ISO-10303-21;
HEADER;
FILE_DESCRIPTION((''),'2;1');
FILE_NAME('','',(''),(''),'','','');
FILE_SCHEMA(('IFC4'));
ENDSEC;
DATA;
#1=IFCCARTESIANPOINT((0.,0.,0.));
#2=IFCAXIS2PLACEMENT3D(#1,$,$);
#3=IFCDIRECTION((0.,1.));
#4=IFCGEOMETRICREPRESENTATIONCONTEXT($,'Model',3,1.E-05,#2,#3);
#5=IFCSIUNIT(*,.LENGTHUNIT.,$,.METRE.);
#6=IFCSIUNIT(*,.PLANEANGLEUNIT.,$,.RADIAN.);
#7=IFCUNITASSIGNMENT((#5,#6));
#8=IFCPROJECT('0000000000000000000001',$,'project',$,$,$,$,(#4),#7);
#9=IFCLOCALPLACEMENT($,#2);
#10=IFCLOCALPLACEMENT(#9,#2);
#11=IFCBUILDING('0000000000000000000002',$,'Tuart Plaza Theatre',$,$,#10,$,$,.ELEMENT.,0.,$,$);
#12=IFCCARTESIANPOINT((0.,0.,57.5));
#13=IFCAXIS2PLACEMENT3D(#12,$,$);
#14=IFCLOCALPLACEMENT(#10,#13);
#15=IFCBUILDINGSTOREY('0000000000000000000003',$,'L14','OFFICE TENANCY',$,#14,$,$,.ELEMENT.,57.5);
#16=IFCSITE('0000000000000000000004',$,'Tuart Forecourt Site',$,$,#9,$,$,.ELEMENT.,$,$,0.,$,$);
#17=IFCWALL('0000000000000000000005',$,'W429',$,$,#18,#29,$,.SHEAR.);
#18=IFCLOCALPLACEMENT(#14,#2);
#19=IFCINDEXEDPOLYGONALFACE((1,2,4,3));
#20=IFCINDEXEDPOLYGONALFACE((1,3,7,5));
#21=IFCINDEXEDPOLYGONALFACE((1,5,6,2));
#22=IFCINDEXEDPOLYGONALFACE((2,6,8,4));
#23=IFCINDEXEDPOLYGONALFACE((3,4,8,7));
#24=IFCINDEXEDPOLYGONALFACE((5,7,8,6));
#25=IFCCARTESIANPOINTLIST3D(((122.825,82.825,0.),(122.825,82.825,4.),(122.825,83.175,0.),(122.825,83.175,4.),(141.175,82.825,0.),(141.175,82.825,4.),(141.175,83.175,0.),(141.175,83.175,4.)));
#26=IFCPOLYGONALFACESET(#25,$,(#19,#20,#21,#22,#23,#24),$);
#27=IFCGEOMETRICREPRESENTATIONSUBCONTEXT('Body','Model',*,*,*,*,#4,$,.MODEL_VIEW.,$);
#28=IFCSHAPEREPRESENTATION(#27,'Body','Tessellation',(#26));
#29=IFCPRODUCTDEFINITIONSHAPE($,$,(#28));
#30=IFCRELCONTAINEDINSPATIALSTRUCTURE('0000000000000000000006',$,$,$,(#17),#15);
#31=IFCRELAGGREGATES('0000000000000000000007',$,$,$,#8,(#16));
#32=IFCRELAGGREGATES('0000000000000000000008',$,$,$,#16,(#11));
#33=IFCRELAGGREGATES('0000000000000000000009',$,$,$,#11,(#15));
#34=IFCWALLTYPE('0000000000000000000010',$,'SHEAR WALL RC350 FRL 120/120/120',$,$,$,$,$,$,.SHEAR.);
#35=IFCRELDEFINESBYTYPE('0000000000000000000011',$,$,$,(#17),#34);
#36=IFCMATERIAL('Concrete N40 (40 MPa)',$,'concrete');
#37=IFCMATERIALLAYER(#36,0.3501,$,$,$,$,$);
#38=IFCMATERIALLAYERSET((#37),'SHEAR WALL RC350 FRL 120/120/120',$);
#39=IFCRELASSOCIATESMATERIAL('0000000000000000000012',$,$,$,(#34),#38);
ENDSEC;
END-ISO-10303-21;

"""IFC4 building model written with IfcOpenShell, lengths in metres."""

from ifc_helpers import new_model, si_unit, direction, frame, frame_2d, origin, place, context, subcontext, project, spatial, rectangle, extrude, material, layer, layer_set, type_object, element, save


model = new_model("IFC4")

# Units and contexts
model_context = context("Model", 3, precision=1e-05, world=origin(), true_north=direction((0.0, 1.0)))
body_context = subcontext(model_context, "Body", "Model", "MODEL_VIEW")
ifc_project = project(units=[si_unit("LENGTHUNIT", "METRE"), si_unit("PLANEANGLEUNIT", "RADIAN")], contexts=[model_context])

# Site, building, storey
site_placement = place(None, origin())
site = spatial("IfcSite", under=ifc_project, at=site_placement, Name="Tuart Forecourt Site", CompositionType="ELEMENT", RefElevation=0.0)
building_placement = place(site_placement, origin())
building = spatial("IfcBuilding", under=site, at=building_placement, Name="Tuart Plaza Theatre", CompositionType="ELEMENT", ElevationOfRefHeight=0.0)
storey_placement = place(building_placement, frame((0.0, 0.0, 57.5)))
storey = spatial("IfcBuildingStorey", under=building, at=storey_placement, Name="L14", Description="OFFICE TENANCY", CompositionType="ELEMENT", Elevation=57.5)

# Wall
ifc_material_1 = material(Name="Concrete N40 (40 MPa)", Category="concrete")
ifc_layer_1 = layer(ifc_material_1, 0.3501)
ifc_layer_set_1 = layer_set([ifc_layer_1], Name="SHEAR WALL RC350 FRL 120/120/120")
wall_type_1 = type_object("IfcWallType", Name="SHEAR WALL RC350 FRL 120/120/120", PredefinedType="SHEAR", material=ifc_layer_set_1)
wall_1_placement = place(storey_placement, frame((141.175, 83.0, 0.0), z_axis=(0.0, 0.0, 1.0), x_axis=(-1.0, 0.0, 0.0)))
element("IfcWall", 1, at=wall_1_placement, inside=storey, type_object=wall_type_1, Name="W429", PredefinedType="SHEAR", context=body_context, shape_type="SweptSolid", body=[
    extrude(rectangle(XDim=18.3501, YDim=0.3501, at=frame_2d((9.175, 0.0))), origin(), (0.0, 0.0, 1.0), 4.0),
])

save(model, "model.ifc")
